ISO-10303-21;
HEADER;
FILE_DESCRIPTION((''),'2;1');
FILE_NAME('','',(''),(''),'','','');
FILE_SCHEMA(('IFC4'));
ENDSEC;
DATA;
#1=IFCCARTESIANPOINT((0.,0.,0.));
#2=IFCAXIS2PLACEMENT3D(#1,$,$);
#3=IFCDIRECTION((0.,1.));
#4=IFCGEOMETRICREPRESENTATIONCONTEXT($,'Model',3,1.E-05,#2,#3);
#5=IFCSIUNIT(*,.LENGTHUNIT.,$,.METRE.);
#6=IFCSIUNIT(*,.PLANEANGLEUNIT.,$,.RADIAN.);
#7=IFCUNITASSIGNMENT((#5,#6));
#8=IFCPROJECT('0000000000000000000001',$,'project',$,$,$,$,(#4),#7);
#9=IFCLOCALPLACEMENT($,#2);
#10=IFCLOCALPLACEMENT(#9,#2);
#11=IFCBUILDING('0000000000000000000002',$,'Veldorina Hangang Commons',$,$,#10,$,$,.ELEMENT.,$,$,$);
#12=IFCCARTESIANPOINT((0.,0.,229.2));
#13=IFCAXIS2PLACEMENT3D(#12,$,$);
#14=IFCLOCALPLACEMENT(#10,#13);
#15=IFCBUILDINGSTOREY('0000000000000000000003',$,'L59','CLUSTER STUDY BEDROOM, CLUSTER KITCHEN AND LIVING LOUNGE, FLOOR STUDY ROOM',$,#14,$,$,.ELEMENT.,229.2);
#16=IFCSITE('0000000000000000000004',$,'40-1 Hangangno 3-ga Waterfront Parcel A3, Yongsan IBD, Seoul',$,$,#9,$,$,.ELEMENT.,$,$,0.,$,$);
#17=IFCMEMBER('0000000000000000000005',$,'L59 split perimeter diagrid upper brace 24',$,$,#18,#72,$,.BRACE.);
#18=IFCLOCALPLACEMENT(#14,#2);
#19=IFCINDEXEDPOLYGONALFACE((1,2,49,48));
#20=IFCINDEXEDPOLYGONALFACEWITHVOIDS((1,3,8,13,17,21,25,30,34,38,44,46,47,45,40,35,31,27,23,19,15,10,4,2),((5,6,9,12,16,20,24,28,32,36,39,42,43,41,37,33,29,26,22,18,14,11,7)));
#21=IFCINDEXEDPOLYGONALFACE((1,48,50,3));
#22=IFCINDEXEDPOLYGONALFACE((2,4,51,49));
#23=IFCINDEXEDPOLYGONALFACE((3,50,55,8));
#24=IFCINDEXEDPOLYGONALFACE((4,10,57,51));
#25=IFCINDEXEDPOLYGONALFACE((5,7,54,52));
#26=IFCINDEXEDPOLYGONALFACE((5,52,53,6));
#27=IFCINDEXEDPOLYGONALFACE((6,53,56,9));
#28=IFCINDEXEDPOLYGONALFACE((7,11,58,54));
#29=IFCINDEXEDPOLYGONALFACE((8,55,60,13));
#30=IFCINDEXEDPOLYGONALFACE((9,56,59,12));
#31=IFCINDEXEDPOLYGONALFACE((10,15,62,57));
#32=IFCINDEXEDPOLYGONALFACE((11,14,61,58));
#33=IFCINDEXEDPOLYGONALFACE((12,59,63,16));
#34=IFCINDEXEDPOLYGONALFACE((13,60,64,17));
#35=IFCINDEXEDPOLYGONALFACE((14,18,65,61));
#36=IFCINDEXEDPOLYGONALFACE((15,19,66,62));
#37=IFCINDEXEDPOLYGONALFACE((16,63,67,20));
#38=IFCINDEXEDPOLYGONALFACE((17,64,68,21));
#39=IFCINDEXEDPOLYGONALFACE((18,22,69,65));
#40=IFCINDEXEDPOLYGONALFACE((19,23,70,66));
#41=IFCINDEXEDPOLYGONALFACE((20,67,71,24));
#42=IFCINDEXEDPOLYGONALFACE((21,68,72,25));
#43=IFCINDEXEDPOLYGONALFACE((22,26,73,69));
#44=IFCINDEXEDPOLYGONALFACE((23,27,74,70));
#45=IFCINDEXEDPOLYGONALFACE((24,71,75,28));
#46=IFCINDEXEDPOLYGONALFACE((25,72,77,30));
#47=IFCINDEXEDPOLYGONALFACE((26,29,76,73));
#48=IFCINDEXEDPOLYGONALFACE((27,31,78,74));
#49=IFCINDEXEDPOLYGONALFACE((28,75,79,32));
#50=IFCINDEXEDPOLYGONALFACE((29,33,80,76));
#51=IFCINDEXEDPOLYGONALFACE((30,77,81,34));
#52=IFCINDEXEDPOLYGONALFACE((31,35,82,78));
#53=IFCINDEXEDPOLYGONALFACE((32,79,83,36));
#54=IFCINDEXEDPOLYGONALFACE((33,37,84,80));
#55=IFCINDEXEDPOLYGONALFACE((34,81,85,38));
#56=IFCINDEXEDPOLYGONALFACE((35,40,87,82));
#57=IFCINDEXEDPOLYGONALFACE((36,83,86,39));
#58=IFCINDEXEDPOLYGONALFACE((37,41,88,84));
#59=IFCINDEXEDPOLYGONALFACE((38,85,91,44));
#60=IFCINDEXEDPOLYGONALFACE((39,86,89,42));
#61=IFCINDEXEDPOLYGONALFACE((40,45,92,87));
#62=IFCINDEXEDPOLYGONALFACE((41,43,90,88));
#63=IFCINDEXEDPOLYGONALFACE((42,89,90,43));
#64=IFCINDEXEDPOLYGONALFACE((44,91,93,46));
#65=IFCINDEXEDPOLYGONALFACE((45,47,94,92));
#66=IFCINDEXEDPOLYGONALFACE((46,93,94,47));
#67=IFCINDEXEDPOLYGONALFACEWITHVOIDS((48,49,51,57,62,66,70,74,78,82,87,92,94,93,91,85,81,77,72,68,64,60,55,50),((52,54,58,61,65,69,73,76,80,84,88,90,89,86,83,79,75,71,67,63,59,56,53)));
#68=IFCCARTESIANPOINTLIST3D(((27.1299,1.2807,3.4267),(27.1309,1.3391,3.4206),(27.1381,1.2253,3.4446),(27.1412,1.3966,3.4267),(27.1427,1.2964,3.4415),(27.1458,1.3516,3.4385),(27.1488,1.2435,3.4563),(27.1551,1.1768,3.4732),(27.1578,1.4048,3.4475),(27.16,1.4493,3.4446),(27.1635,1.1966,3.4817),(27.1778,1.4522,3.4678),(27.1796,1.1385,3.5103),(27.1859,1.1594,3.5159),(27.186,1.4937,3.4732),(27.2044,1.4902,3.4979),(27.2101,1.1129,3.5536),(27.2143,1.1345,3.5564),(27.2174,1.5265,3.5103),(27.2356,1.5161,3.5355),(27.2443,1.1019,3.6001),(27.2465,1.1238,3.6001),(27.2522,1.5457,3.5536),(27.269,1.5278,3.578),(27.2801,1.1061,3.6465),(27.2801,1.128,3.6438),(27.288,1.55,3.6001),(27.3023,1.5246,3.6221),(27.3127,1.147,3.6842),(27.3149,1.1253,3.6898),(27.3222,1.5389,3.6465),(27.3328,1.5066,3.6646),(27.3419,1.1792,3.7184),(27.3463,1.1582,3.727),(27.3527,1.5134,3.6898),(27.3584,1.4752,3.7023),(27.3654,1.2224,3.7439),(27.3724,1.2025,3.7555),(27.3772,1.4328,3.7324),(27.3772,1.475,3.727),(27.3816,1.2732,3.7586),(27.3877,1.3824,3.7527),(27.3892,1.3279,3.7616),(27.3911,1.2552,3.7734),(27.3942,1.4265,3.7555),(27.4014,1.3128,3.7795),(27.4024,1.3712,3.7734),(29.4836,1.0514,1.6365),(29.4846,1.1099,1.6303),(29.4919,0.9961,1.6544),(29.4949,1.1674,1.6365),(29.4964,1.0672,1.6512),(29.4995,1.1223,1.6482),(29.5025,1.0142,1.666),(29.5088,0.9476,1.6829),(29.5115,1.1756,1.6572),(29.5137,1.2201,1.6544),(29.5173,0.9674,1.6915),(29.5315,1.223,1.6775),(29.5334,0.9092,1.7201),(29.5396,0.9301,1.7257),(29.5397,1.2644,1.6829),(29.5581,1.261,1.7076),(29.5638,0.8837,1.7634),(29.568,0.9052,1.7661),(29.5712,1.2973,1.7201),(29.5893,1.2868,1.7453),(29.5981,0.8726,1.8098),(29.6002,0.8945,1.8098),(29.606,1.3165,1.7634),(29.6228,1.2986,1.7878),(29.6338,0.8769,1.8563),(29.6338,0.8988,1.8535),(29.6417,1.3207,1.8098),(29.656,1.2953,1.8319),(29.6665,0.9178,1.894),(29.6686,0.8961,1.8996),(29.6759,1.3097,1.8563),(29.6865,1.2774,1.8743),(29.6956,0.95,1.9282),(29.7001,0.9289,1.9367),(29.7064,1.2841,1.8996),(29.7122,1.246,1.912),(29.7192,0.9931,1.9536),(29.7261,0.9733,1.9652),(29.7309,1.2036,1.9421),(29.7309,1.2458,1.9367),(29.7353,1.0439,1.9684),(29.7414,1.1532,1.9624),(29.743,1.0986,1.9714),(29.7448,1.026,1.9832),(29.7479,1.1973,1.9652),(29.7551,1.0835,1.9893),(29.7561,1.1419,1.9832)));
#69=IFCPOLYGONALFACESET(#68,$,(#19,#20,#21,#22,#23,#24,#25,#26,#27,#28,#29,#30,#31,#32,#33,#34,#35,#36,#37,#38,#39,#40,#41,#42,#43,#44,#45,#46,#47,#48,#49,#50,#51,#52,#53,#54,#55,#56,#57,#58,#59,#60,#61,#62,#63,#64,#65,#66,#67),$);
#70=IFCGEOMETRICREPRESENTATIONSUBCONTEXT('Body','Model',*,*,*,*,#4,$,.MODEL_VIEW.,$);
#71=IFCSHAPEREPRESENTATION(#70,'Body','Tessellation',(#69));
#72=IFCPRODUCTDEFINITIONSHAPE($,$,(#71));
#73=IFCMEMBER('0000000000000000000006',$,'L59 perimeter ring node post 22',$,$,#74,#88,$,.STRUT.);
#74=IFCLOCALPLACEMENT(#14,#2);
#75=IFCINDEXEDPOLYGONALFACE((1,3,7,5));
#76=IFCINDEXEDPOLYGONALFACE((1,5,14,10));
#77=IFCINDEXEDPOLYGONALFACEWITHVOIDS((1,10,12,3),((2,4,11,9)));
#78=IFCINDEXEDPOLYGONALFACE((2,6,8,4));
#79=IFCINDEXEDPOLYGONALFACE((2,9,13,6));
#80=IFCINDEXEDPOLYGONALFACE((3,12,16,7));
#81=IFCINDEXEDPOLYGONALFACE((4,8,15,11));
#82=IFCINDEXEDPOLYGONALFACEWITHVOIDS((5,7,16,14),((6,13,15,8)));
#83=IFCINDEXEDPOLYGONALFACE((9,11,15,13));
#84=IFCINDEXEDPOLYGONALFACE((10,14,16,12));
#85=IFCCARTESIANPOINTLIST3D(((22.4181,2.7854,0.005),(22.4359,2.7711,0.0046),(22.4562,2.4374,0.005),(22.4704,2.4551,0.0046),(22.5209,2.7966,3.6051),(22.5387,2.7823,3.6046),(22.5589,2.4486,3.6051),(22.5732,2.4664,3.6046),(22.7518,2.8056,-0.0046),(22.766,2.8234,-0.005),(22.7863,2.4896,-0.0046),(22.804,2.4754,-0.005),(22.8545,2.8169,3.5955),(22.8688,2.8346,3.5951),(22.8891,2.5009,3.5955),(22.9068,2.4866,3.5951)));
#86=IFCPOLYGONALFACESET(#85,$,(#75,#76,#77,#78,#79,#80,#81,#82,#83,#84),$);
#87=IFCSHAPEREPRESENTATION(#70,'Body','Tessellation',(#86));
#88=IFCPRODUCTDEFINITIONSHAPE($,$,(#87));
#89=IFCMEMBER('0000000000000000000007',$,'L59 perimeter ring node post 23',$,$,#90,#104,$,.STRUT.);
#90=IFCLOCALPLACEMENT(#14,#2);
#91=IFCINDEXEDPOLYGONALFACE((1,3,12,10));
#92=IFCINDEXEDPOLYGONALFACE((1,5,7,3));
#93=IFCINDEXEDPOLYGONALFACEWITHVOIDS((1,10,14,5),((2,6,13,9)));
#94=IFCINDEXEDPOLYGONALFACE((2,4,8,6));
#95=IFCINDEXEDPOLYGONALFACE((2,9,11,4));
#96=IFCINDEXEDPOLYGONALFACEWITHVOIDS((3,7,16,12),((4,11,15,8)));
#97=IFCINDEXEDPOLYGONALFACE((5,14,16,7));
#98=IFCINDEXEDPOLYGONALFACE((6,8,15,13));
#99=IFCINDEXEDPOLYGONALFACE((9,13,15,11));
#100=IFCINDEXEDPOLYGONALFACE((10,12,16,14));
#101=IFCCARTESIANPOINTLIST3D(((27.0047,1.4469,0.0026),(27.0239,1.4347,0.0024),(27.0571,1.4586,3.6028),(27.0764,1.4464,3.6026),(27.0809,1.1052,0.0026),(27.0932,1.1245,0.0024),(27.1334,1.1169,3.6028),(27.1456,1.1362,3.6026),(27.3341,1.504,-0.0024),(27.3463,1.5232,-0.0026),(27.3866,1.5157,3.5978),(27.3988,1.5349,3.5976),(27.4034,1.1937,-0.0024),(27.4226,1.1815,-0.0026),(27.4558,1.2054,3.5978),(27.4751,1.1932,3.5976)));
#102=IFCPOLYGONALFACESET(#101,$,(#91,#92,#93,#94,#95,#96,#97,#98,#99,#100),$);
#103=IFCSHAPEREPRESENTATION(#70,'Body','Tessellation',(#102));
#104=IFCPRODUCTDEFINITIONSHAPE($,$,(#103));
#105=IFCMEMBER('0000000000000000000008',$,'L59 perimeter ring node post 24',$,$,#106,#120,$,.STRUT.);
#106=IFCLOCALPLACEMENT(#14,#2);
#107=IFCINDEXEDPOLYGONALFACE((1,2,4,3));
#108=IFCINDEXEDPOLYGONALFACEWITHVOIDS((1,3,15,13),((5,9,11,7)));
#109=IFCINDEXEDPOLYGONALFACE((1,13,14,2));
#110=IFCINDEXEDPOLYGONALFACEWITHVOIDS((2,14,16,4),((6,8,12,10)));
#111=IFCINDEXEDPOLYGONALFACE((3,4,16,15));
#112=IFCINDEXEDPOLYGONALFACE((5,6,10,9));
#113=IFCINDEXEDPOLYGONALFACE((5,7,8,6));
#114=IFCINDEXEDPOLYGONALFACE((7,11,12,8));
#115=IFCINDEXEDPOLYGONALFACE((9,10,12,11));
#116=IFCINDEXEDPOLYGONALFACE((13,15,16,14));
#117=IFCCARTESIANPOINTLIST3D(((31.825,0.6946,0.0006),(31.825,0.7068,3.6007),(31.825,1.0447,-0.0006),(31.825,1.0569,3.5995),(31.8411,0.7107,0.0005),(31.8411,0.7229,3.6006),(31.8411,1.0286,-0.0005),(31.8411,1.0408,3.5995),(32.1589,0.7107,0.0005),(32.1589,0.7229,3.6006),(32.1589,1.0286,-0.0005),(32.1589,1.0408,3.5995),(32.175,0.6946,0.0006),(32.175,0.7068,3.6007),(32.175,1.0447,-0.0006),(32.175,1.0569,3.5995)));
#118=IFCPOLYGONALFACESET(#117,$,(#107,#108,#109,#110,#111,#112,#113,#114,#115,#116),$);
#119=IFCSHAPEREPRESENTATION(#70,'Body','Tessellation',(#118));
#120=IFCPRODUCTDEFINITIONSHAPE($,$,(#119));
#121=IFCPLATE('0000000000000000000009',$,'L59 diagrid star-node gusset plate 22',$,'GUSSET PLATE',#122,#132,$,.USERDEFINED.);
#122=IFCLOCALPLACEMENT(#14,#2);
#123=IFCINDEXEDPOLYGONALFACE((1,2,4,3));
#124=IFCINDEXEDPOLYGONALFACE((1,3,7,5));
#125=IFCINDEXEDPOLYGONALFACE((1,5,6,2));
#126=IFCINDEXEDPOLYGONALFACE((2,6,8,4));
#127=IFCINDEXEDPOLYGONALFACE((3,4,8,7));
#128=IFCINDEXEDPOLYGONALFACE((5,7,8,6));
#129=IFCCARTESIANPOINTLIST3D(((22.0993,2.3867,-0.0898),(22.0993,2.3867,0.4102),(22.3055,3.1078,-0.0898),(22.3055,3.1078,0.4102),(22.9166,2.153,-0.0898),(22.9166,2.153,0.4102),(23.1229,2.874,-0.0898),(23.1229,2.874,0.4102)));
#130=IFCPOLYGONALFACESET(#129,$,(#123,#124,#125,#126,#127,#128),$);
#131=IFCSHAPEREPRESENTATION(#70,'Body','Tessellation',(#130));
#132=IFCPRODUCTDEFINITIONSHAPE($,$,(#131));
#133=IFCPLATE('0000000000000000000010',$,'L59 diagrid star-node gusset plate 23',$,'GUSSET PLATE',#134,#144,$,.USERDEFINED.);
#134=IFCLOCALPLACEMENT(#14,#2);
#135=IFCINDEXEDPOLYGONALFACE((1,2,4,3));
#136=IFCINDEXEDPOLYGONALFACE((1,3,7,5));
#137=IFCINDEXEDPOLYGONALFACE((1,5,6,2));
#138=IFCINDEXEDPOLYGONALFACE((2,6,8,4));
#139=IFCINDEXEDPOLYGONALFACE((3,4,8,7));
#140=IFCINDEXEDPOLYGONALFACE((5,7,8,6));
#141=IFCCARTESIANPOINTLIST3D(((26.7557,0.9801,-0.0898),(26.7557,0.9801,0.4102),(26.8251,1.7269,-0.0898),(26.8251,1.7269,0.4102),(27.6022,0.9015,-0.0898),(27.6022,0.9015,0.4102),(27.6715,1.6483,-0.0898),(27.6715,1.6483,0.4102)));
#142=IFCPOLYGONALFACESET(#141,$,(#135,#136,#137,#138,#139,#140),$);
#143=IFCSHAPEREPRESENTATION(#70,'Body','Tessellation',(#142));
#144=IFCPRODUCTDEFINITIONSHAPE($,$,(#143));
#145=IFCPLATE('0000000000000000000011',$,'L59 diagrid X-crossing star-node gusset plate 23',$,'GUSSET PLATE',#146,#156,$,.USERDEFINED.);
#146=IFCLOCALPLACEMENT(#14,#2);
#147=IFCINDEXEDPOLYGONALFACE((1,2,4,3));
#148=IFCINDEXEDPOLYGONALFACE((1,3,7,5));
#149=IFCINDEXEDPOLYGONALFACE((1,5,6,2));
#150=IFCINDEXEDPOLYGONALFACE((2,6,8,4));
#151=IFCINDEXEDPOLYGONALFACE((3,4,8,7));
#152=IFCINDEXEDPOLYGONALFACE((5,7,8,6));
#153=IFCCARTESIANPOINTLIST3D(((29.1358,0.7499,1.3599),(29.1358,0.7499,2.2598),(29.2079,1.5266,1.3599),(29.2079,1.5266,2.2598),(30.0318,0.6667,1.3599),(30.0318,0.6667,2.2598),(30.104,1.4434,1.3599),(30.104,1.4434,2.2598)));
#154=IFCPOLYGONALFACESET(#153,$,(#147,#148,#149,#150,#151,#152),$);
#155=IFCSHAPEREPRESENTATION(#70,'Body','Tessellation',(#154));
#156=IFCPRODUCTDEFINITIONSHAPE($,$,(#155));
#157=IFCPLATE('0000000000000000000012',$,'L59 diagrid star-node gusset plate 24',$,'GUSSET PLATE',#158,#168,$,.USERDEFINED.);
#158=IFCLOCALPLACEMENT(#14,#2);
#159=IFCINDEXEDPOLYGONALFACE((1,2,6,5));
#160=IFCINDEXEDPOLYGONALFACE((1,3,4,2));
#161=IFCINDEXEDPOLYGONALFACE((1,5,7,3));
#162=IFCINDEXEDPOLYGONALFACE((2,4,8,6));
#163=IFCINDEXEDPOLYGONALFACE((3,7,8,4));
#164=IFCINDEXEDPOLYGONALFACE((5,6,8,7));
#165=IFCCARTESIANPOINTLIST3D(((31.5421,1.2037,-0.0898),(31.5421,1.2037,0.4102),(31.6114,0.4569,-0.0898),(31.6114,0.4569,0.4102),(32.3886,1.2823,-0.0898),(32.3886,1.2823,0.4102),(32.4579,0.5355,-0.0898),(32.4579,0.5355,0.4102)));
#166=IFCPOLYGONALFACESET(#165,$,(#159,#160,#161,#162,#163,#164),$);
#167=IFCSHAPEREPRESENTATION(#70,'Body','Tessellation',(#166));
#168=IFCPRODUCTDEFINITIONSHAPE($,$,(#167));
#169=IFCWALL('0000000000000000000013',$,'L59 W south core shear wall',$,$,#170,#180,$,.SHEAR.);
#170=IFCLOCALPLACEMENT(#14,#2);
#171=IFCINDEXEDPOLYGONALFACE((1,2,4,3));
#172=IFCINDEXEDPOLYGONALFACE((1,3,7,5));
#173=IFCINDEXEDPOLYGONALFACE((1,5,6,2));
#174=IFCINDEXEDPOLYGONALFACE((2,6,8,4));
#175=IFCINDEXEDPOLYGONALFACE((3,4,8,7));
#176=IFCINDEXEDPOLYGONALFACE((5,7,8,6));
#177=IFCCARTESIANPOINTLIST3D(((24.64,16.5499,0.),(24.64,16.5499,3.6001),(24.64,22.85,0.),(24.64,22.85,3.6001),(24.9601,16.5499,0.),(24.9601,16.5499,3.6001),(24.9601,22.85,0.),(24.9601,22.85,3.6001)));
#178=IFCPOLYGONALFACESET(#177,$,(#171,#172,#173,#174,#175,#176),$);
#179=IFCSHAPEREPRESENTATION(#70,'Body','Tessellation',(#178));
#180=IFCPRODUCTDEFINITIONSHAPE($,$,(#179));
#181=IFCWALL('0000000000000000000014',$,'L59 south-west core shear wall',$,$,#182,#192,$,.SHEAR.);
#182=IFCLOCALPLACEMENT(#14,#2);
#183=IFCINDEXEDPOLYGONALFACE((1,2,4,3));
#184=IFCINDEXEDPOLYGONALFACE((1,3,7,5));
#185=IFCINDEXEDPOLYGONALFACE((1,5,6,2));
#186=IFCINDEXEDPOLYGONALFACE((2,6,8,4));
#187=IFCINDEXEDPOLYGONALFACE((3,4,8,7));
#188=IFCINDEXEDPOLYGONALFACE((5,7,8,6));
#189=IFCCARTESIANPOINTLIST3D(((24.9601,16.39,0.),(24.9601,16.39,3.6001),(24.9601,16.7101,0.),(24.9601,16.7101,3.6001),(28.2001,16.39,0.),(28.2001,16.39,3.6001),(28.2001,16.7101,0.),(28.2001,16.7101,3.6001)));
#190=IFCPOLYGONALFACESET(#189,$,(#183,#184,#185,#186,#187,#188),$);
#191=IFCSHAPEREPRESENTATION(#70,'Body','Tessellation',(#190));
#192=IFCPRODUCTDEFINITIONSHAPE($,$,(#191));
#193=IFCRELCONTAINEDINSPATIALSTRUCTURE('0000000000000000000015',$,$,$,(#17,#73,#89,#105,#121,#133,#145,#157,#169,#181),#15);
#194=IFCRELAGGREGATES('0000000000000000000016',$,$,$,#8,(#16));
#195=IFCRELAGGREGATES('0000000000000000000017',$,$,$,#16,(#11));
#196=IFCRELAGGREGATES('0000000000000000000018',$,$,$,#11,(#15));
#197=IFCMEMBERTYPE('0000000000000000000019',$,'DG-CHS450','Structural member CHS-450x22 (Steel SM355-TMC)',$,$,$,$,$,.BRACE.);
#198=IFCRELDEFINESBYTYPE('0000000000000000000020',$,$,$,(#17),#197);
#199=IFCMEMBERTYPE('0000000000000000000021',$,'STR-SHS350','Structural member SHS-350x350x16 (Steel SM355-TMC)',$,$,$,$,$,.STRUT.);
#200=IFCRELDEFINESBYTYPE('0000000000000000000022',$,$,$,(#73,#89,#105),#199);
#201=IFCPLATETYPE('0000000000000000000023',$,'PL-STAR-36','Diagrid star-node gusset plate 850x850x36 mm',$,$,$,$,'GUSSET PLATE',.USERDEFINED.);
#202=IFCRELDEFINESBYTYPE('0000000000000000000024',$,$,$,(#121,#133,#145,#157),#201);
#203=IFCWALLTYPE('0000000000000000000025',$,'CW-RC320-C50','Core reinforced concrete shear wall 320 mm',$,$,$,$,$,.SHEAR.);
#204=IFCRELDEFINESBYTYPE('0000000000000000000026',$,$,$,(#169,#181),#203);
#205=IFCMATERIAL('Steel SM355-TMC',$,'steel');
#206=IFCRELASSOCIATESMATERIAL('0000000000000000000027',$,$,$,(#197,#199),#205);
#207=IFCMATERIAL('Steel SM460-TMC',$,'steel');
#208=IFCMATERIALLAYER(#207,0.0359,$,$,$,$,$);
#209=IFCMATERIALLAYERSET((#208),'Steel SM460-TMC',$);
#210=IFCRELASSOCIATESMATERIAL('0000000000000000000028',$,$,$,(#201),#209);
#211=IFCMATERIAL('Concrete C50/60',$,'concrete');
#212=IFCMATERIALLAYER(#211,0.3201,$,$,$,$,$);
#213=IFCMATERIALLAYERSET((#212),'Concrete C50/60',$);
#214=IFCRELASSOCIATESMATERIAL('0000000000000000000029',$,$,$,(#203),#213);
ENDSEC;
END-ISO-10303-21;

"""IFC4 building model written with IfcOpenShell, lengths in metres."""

from ifc_helpers import new_model, si_unit, direction, frame, frame_2d, origin, origin_2d, place, context, subcontext, project, spatial, rectangle, hollow_rectangle, hollow_circle, extrude, material, layer, layer_set, material_profile, profile_set, type_object, element, save


model = new_model("IFC4")

# Units and contexts
model_context = context("Model", 3, precision=1e-05, world=origin(), true_north=direction((0.0, 1.0)))
body_context = subcontext(model_context, "Body", "Model", "MODEL_VIEW")
ifc_project = project(units=[si_unit("LENGTHUNIT", "METRE"), si_unit("PLANEANGLEUNIT", "RADIAN")], contexts=[model_context])

# Site, building, storey
site_placement = place(None, origin())
site = spatial("IfcSite", under=ifc_project, at=site_placement, Name="40-1 Hangangno 3-ga Waterfront Parcel A3, Yongsan IBD, Seoul", CompositionType="ELEMENT", RefElevation=0.0)
building_placement = place(site_placement, origin())
building = spatial("IfcBuilding", under=site, at=building_placement, Name="Veldorina Hangang Commons", CompositionType="ELEMENT")
storey_placement = place(building_placement, frame((0.0, 0.0, 229.2)))
storey = spatial("IfcBuildingStorey", under=building, at=storey_placement, Name="L59", Description="CLUSTER STUDY BEDROOM, CLUSTER KITCHEN AND LIVING LOUNGE, FLOOR STUDY ROOM", CompositionType="ELEMENT", Elevation=229.2)

# Shared definitions
ifc_material_1 = material(Name="Steel SM355-TMC", Category="steel")

# Members
ifc_material_profile_1 = material_profile(ifc_material_1, hollow_circle(Radius=0.2251, WallThickness=0.022, at=origin_2d()), Name="CHS-450x22")
ifc_profile_set_1 = profile_set([ifc_material_profile_1], Name="Steel SM355-TMC")
member_type_1 = type_object("IfcMemberType", Name="DG-CHS450", Description="Structural member CHS-450x22 (Steel SM355-TMC)", PredefinedType="BRACE", material=ifc_profile_set_1)
member_1_placement = place(storey_placement, frame((29.6199, 1.0967, 1.8098), z_axis=(-0.793549, 0.077289, 0.603578), x_axis=(-0.096938, -0.99529, 0.0)))
element("IfcMember", 1, at=member_1_placement, inside=storey, type_object=member_type_1, Name="L59 split perimeter diagrid upper brace 24", PredefinedType="BRACE", context=body_context, shape_type="SweptSolid", body=[
    extrude(hollow_circle(Radius=0.2251, WallThickness=0.022, at=origin_2d()), origin(), (0.0, 0.0, 1.0), 2.9661),
])
ifc_material_profile_2 = material_profile(ifc_material_1, hollow_rectangle(XDim=0.3501, YDim=0.3501, WallThickness=0.0161, at=origin_2d()), Name="SHS-350x350x16")
ifc_profile_set_2 = profile_set([ifc_material_profile_2], Name="Steel SM355-TMC")
member_type_2 = type_object("IfcMemberType", Name="STR-SHS350", Description="Structural member SHS-350x350x16 (Steel SM355-TMC)", PredefinedType="STRUT", material=ifc_profile_set_2)
member_2_placement = place(storey_placement, frame((22.6111, 2.6304, 0.0), z_axis=(0.028538, 0.003118, 0.999588), x_axis=(-0.108617, 0.994084, 0.0)))
element("IfcMember", 2, at=member_2_placement, inside=storey, type_object=member_type_2, Name="L59 perimeter ring node post 22", PredefinedType="STRUT", context=body_context, shape_type="SweptSolid", body=[
    extrude(hollow_rectangle(XDim=0.3501, YDim=0.3501, WallThickness=0.0161, at=origin_2d()), origin(), (0.0, 0.0, 1.0), 3.6016),
])
member_3_placement = place(storey_placement, frame((27.2136, 1.3142, 0.0), z_axis=(0.014579, 0.003255, 0.999888), x_axis=(-0.217892, 0.975973, 0.0)))
element("IfcMember", 3, at=member_3_placement, inside=storey, type_object=member_type_2, Name="L59 perimeter ring node post 23", PredefinedType="STRUT", context=body_context, shape_type="SweptSolid", body=[
    extrude(hollow_rectangle(XDim=0.3501, YDim=0.3501, WallThickness=0.0161, at=origin_2d()), origin(), (0.0, 0.0, 1.0), 3.6006),
])
member_4_placement = place(storey_placement, frame((32.0, 0.8696, 0.0), z_axis=(0.0, 0.003391, 0.999994), x_axis=(-1.0, 0.0, 0.0)))
element("IfcMember", 4, at=member_4_placement, inside=storey, type_object=member_type_2, Name="L59 perimeter ring node post 24", PredefinedType="STRUT", context=body_context, shape_type="SweptSolid", body=[
    extrude(hollow_rectangle(XDim=0.3501, YDim=0.3501, WallThickness=0.0161, at=origin_2d()), origin(), (0.0, 0.0, 1.0), 3.6001),
])

# Plates
ifc_material_2 = material(Name="Steel SM460-TMC", Category="steel")
ifc_layer_1 = layer(ifc_material_2, 0.0359)
ifc_layer_set_1 = layer_set([ifc_layer_1], Name="Steel SM460-TMC")
plate_type = type_object("IfcPlateType", Name="PL-STAR-36", Description="Diagrid star-node gusset plate 850x850x36 mm", ElementType="GUSSET PLATE", PredefinedType="USERDEFINED", material=ifc_layer_set_1)
for number, where, z_axis, x_axis, name in (
    (5, (22.6111, 2.6304, -0.0898), (0.0, 0.0, 1.0), (0.961454, -0.274966, 0.0), "L59 diagrid star-node gusset plate 22"),
    (6, (27.2136, 1.3142, -0.0898), (0.0, 0.0, 1.0), (0.995717, -0.092457, 0.0), "L59 diagrid star-node gusset plate 23"),
):
    element("IfcPlate", number, at=place(storey_placement, frame(where, z_axis=z_axis, x_axis=x_axis)), inside=storey, type_object=plate_type, Name=name, ObjectType="GUSSET PLATE", PredefinedType="USERDEFINED", context=body_context, shape_type="SweptSolid", body=[
        extrude(rectangle(XDim=0.8501, YDim=0.75, at=origin_2d()), origin(), (0.0, 0.0, 1.0), 0.5),
    ])
plate_1_placement = place(storey_placement, frame((29.6199, 1.0967, 1.3599), z_axis=(0.0, 0.0, 1.0), x_axis=(0.995717, -0.092457, 0.0)))
element("IfcPlate", 7, at=plate_1_placement, inside=storey, type_object=plate_type, Name="L59 diagrid X-crossing star-node gusset plate 23", ObjectType="GUSSET PLATE", PredefinedType="USERDEFINED", context=body_context, shape_type="SweptSolid", body=[
    extrude(rectangle(XDim=0.8999, YDim=0.78, at=origin_2d()), origin(), (0.0, 0.0, 1.0), 0.8999),
])
plate_2_placement = place(storey_placement, frame((32.0, 0.8696, -0.0898), z_axis=(0.0, 0.0, 1.0), x_axis=(0.995717, 0.092457, 0.0)))
element("IfcPlate", 8, at=plate_2_placement, inside=storey, type_object=plate_type, Name="L59 diagrid star-node gusset plate 24", ObjectType="GUSSET PLATE", PredefinedType="USERDEFINED", context=body_context, shape_type="SweptSolid", body=[
    extrude(rectangle(XDim=0.8501, YDim=0.75, at=origin_2d()), origin(), (0.0, 0.0, 1.0), 0.5),
])

# Walls
ifc_material_3 = material(Name="Concrete C50/60", Category="concrete")
ifc_layer_2 = layer(ifc_material_3, 0.3201)
ifc_layer_set_2 = layer_set([ifc_layer_2], Name="Concrete C50/60")
wall_type_1 = type_object("IfcWallType", Name="CW-RC320-C50", Description="Core reinforced concrete shear wall 320 mm", PredefinedType="SHEAR", material=ifc_layer_set_2)
wall_1_placement = place(storey_placement, frame((24.8, 16.55, 0.0), z_axis=(0.0, 0.0, 1.0), x_axis=(0.0, 1.0, 0.0)))
element("IfcWall", 9, at=wall_1_placement, inside=storey, type_object=wall_type_1, Name="L59 W south core shear wall", PredefinedType="SHEAR", context=body_context, shape_type="SweptSolid", body=[
    extrude(rectangle(XDim=6.3, YDim=0.3201, at=frame_2d((3.1499, 0.0))), origin(), (0.0, 0.0, 1.0), 3.6001),
])
wall_2_placement = place(storey_placement, frame((24.96, 16.55, 0.0), z_axis=(0.0, 0.0, 1.0), x_axis=(1.0, 0.0, 0.0)))
element("IfcWall", 10, at=wall_2_placement, inside=storey, type_object=wall_type_1, Name="L59 south-west core shear wall", PredefinedType="SHEAR", context=body_context, shape_type="SweptSolid", body=[
    extrude(rectangle(XDim=3.24, YDim=0.3201, at=frame_2d((1.6201, 0.0))), origin(), (0.0, 0.0, 1.0), 3.6001),
])

save(model, "model.ifc")
